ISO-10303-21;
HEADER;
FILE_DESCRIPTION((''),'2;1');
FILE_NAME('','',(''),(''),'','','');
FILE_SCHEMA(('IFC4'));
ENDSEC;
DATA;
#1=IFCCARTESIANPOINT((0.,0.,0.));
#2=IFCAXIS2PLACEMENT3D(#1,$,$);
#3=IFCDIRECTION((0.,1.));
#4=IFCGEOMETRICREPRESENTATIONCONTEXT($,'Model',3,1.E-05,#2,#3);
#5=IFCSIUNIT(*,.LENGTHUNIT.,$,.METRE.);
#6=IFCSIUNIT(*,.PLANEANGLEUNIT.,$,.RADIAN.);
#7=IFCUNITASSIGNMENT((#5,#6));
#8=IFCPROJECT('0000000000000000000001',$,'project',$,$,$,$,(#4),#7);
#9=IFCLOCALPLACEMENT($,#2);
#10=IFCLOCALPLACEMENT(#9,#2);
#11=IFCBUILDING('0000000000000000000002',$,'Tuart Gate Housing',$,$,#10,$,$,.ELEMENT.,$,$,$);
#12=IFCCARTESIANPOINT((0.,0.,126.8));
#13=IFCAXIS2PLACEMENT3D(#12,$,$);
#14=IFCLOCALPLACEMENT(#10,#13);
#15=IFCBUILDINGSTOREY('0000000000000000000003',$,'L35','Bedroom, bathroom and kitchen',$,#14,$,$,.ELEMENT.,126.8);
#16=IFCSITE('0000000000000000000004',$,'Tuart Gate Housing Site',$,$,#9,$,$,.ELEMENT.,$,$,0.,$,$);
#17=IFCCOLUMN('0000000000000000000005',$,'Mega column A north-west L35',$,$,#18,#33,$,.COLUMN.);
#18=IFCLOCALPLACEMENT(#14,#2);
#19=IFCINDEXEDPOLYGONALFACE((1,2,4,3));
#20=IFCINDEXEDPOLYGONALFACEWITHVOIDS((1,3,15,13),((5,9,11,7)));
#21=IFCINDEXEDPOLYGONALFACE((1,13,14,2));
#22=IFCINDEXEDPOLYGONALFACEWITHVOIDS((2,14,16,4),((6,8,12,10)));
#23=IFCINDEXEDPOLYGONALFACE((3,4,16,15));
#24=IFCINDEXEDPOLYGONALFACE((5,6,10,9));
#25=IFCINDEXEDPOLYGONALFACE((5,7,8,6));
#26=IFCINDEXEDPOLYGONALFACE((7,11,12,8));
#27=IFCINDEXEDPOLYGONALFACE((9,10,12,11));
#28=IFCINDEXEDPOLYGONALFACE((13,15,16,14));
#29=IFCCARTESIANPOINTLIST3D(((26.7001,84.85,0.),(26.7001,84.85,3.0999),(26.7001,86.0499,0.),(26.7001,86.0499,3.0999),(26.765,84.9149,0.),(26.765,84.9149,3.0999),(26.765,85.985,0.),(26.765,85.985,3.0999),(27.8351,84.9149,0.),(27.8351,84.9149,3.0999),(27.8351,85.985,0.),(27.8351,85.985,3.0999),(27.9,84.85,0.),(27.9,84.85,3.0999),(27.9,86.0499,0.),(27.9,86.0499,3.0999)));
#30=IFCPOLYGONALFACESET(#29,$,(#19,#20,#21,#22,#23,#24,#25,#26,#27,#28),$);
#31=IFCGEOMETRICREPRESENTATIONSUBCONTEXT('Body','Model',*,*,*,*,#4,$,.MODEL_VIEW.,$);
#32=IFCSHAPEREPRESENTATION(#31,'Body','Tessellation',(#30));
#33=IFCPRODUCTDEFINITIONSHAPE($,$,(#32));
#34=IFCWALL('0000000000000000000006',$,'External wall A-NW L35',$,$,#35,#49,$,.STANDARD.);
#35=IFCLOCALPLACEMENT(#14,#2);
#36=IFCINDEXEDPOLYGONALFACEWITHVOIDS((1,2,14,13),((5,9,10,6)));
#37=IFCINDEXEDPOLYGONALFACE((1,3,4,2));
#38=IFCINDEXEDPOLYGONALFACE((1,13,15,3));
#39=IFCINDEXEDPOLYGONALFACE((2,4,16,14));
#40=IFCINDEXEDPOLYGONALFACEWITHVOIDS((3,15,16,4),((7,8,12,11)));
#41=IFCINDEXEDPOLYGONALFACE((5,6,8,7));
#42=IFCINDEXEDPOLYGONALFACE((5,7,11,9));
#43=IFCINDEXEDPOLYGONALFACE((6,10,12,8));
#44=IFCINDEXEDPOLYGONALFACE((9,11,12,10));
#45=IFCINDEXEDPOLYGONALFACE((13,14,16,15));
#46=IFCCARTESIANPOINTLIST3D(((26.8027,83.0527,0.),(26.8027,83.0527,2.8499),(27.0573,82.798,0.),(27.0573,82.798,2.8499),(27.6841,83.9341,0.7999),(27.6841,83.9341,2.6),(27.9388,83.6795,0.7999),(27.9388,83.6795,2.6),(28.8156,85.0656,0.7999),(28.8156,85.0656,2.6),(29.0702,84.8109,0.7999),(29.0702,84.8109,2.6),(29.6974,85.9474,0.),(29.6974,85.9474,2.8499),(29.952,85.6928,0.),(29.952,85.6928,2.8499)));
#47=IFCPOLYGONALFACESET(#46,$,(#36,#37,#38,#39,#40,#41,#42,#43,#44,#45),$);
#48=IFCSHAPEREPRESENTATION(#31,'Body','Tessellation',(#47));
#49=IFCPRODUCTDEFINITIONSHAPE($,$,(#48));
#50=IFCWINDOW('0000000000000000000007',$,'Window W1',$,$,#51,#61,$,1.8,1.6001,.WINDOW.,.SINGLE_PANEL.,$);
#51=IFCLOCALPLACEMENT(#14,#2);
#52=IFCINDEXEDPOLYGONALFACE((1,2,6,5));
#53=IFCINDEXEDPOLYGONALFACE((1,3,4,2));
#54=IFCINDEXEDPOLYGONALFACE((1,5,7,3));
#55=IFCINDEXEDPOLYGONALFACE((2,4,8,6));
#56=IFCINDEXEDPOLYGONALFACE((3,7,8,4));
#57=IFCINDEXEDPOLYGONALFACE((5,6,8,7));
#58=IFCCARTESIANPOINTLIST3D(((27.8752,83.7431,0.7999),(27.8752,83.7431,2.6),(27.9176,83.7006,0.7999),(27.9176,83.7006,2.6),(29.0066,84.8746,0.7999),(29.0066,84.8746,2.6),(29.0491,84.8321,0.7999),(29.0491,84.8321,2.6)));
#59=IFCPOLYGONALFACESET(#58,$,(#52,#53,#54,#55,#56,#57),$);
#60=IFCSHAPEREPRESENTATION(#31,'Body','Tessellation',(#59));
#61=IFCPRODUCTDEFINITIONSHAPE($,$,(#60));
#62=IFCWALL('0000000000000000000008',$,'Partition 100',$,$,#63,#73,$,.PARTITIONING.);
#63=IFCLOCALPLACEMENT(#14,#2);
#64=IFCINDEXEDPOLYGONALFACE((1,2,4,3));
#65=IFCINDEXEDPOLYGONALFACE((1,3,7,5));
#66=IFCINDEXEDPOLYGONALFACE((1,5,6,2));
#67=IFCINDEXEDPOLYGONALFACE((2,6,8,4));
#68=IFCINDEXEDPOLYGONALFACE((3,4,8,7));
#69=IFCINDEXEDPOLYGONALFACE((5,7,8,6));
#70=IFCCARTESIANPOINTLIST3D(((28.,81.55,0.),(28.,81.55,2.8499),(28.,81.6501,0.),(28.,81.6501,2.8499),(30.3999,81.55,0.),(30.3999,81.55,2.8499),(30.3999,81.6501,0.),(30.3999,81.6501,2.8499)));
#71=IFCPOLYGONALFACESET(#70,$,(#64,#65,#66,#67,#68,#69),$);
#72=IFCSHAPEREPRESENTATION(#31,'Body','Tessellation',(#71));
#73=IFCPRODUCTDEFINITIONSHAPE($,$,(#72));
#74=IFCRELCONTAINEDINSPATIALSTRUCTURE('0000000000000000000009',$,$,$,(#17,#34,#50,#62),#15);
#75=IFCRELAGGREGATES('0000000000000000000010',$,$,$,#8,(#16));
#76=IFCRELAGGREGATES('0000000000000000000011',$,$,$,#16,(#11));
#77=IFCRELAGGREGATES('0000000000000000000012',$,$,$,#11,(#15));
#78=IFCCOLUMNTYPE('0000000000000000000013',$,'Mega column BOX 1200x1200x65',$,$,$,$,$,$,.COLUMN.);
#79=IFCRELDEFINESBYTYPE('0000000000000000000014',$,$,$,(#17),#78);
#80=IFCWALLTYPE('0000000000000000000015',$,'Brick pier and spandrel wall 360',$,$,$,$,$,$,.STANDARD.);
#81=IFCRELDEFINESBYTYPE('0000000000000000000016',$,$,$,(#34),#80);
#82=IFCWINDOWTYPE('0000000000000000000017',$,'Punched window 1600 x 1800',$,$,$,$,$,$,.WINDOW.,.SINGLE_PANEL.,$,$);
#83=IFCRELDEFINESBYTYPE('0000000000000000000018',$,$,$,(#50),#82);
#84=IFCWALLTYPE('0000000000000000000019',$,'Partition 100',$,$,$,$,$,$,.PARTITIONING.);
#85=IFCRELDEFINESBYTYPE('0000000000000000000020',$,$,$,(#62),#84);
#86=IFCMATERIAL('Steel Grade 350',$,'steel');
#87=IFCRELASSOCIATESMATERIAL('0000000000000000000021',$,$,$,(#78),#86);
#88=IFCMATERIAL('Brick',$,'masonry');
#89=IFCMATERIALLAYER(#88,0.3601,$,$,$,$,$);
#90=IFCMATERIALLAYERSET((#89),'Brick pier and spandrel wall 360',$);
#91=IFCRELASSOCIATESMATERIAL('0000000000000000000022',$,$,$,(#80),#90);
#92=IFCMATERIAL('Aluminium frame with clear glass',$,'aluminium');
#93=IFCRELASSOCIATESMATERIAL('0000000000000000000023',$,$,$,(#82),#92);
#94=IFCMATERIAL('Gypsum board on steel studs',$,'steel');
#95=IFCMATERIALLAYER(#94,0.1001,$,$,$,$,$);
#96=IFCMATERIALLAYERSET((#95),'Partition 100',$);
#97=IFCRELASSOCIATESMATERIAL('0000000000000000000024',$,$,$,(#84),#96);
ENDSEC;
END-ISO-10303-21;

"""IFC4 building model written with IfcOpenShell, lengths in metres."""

from ifc_helpers import new_model, si_unit, direction, frame, frame_2d, origin, origin_2d, place, context, subcontext, project, spatial, rectangle, hollow_rectangle, extrude, material, layer, layer_set, material_profile, profile_set, type_object, element, fill, save


model = new_model("IFC4")

# Units and contexts
model_context = context("Model", 3, precision=1e-05, world=origin(), true_north=direction((0.0, 1.0)))
body_context = subcontext(model_context, "Body", "Model", "MODEL_VIEW")
ifc_project = project(units=[si_unit("LENGTHUNIT", "METRE"), si_unit("PLANEANGLEUNIT", "RADIAN")], contexts=[model_context])

# Site, building, storey
site_placement = place(None, origin())
site = spatial("IfcSite", under=ifc_project, at=site_placement, Name="Tuart Gate Housing Site", CompositionType="ELEMENT", RefElevation=0.0)
building_placement = place(site_placement, origin())
building = spatial("IfcBuilding", under=site, at=building_placement, Name="Tuart Gate Housing", CompositionType="ELEMENT")
storey_placement = place(building_placement, frame((0.0, 0.0, 126.8)))
storey = spatial("IfcBuildingStorey", under=building, at=storey_placement, Name="L35", Description="Bedroom, bathroom and kitchen", CompositionType="ELEMENT", Elevation=126.8)

# Column
ifc_material_1 = material(Name="Steel Grade 350", Category="steel")
ifc_material_profile = material_profile(ifc_material_1, hollow_rectangle(XDim=1.2, YDim=1.2, WallThickness=0.0649, at=origin_2d()), Name="BOX 1200x1200x65")
ifc_profile_set = profile_set([ifc_material_profile], Name="Steel Grade 350")
column_type = type_object("IfcColumnType", Name="Mega column BOX 1200x1200x65", PredefinedType="COLUMN", material=ifc_profile_set)
column_placement = place(storey_placement, frame((27.3, 85.45, 0.0), z_axis=(0.0, 0.0, 1.0), x_axis=(1.0, 0.0, 0.0)))
element("IfcColumn", 1, at=column_placement, inside=storey, type_object=column_type, Name="Mega column A north-west L35", PredefinedType="COLUMN", context=body_context, shape_type="SweptSolid", body=[
    extrude(hollow_rectangle(XDim=1.2, YDim=1.2, WallThickness=0.0649, at=origin_2d()), origin(), (0.0, 0.0, 1.0), 3.0999),
])

# Wall, opening, window
ifc_material_2 = material(Name="Brick", Category="masonry")
ifc_layer_1 = layer(ifc_material_2, 0.3601)
ifc_layer_set_1 = layer_set([ifc_layer_1], Name="Brick pier and spandrel wall 360")
wall_type_1 = type_object("IfcWallType", Name="Brick pier and spandrel wall 360", PredefinedType="STANDARD", material=ifc_layer_set_1)
wall_1_placement = place(storey_placement, frame((29.8247, 85.8201, 0.0), z_axis=(0.0, 0.0, 1.0), x_axis=(-0.707107, -0.707107, 0.0)))
wall_1 = element("IfcWall", 2, at=wall_1_placement, inside=storey, type_object=wall_type_1, Name="External wall A-NW L35", PredefinedType="STANDARD", context=body_context, shape_type="SweptSolid", body=[
    extrude(rectangle(XDim=4.0938, YDim=0.3601, at=frame_2d((2.0469, 0.0))), origin(), (0.0, 0.0, 1.0), 2.8499),
])
opening_1_placement = place(wall_1_placement, frame((1.2471, 0.0, 0.8)))
opening_1 = element("IfcOpeningElement", 3, at=opening_1_placement, cuts=wall_1, PredefinedType="OPENING", context=body_context, shape_type="SweptSolid", body=[
    extrude(rectangle(XDim=1.6001, YDim=1.8, at=frame_2d((0.8, 0.8999))), frame((0.0, 0.1899, 0.0), z_axis=(0.0, -1.0, 0.0), x_axis=(1.0, 0.0, 0.0)), (0.0, 0.0, 1.0), 0.3801),
])
ifc_material_3 = material(Name="Aluminium frame with clear glass", Category="aluminium")
window_type_1 = type_object("IfcWindowType", Name="Punched window 1600 x 1800", PartitioningType="SINGLE_PANEL", PredefinedType="WINDOW", material=ifc_material_3)
window_1_placement = place(opening_1_placement, origin())
window_1 = element("IfcWindow", 4, at=window_1_placement, inside=storey, type_object=window_type_1, Name="Window W1", OverallHeight=1.8, OverallWidth=1.6001, PartitioningType="SINGLE_PANEL", PredefinedType="WINDOW", context=body_context, shape_type="SweptSolid", body=[
    extrude(rectangle(XDim=1.6001, YDim=1.8, at=frame_2d((0.8, 0.8999))), frame((0.0, 0.1501, 0.0), z_axis=(0.0, -1.0, 0.0), x_axis=(1.0, 0.0, 0.0)), (0.0, 0.0, 1.0), 0.0601),
])
fill(opening_1, window_1)

# Wall
ifc_material_4 = material(Name="Gypsum board on steel studs", Category="steel")
ifc_layer_2 = layer(ifc_material_4, 0.1001)
ifc_layer_set_2 = layer_set([ifc_layer_2], Name="Partition 100")
wall_type_2 = type_object("IfcWallType", Name="Partition 100", PredefinedType="PARTITIONING", material=ifc_layer_set_2)
wall_2_placement = place(storey_placement, frame((28.0, 81.6001, 0.0), z_axis=(0.0, 0.0, 1.0), x_axis=(1.0, 0.0, 0.0)))
element("IfcWall", 5, at=wall_2_placement, inside=storey, type_object=wall_type_2, Name="Partition 100", PredefinedType="PARTITIONING", context=body_context, shape_type="SweptSolid", body=[
    extrude(rectangle(XDim=2.3999, YDim=0.1001, at=frame_2d((1.2, 0.0))), origin(), (0.0, 0.0, 1.0), 2.8499),
])

save(model, "model.ifc")
